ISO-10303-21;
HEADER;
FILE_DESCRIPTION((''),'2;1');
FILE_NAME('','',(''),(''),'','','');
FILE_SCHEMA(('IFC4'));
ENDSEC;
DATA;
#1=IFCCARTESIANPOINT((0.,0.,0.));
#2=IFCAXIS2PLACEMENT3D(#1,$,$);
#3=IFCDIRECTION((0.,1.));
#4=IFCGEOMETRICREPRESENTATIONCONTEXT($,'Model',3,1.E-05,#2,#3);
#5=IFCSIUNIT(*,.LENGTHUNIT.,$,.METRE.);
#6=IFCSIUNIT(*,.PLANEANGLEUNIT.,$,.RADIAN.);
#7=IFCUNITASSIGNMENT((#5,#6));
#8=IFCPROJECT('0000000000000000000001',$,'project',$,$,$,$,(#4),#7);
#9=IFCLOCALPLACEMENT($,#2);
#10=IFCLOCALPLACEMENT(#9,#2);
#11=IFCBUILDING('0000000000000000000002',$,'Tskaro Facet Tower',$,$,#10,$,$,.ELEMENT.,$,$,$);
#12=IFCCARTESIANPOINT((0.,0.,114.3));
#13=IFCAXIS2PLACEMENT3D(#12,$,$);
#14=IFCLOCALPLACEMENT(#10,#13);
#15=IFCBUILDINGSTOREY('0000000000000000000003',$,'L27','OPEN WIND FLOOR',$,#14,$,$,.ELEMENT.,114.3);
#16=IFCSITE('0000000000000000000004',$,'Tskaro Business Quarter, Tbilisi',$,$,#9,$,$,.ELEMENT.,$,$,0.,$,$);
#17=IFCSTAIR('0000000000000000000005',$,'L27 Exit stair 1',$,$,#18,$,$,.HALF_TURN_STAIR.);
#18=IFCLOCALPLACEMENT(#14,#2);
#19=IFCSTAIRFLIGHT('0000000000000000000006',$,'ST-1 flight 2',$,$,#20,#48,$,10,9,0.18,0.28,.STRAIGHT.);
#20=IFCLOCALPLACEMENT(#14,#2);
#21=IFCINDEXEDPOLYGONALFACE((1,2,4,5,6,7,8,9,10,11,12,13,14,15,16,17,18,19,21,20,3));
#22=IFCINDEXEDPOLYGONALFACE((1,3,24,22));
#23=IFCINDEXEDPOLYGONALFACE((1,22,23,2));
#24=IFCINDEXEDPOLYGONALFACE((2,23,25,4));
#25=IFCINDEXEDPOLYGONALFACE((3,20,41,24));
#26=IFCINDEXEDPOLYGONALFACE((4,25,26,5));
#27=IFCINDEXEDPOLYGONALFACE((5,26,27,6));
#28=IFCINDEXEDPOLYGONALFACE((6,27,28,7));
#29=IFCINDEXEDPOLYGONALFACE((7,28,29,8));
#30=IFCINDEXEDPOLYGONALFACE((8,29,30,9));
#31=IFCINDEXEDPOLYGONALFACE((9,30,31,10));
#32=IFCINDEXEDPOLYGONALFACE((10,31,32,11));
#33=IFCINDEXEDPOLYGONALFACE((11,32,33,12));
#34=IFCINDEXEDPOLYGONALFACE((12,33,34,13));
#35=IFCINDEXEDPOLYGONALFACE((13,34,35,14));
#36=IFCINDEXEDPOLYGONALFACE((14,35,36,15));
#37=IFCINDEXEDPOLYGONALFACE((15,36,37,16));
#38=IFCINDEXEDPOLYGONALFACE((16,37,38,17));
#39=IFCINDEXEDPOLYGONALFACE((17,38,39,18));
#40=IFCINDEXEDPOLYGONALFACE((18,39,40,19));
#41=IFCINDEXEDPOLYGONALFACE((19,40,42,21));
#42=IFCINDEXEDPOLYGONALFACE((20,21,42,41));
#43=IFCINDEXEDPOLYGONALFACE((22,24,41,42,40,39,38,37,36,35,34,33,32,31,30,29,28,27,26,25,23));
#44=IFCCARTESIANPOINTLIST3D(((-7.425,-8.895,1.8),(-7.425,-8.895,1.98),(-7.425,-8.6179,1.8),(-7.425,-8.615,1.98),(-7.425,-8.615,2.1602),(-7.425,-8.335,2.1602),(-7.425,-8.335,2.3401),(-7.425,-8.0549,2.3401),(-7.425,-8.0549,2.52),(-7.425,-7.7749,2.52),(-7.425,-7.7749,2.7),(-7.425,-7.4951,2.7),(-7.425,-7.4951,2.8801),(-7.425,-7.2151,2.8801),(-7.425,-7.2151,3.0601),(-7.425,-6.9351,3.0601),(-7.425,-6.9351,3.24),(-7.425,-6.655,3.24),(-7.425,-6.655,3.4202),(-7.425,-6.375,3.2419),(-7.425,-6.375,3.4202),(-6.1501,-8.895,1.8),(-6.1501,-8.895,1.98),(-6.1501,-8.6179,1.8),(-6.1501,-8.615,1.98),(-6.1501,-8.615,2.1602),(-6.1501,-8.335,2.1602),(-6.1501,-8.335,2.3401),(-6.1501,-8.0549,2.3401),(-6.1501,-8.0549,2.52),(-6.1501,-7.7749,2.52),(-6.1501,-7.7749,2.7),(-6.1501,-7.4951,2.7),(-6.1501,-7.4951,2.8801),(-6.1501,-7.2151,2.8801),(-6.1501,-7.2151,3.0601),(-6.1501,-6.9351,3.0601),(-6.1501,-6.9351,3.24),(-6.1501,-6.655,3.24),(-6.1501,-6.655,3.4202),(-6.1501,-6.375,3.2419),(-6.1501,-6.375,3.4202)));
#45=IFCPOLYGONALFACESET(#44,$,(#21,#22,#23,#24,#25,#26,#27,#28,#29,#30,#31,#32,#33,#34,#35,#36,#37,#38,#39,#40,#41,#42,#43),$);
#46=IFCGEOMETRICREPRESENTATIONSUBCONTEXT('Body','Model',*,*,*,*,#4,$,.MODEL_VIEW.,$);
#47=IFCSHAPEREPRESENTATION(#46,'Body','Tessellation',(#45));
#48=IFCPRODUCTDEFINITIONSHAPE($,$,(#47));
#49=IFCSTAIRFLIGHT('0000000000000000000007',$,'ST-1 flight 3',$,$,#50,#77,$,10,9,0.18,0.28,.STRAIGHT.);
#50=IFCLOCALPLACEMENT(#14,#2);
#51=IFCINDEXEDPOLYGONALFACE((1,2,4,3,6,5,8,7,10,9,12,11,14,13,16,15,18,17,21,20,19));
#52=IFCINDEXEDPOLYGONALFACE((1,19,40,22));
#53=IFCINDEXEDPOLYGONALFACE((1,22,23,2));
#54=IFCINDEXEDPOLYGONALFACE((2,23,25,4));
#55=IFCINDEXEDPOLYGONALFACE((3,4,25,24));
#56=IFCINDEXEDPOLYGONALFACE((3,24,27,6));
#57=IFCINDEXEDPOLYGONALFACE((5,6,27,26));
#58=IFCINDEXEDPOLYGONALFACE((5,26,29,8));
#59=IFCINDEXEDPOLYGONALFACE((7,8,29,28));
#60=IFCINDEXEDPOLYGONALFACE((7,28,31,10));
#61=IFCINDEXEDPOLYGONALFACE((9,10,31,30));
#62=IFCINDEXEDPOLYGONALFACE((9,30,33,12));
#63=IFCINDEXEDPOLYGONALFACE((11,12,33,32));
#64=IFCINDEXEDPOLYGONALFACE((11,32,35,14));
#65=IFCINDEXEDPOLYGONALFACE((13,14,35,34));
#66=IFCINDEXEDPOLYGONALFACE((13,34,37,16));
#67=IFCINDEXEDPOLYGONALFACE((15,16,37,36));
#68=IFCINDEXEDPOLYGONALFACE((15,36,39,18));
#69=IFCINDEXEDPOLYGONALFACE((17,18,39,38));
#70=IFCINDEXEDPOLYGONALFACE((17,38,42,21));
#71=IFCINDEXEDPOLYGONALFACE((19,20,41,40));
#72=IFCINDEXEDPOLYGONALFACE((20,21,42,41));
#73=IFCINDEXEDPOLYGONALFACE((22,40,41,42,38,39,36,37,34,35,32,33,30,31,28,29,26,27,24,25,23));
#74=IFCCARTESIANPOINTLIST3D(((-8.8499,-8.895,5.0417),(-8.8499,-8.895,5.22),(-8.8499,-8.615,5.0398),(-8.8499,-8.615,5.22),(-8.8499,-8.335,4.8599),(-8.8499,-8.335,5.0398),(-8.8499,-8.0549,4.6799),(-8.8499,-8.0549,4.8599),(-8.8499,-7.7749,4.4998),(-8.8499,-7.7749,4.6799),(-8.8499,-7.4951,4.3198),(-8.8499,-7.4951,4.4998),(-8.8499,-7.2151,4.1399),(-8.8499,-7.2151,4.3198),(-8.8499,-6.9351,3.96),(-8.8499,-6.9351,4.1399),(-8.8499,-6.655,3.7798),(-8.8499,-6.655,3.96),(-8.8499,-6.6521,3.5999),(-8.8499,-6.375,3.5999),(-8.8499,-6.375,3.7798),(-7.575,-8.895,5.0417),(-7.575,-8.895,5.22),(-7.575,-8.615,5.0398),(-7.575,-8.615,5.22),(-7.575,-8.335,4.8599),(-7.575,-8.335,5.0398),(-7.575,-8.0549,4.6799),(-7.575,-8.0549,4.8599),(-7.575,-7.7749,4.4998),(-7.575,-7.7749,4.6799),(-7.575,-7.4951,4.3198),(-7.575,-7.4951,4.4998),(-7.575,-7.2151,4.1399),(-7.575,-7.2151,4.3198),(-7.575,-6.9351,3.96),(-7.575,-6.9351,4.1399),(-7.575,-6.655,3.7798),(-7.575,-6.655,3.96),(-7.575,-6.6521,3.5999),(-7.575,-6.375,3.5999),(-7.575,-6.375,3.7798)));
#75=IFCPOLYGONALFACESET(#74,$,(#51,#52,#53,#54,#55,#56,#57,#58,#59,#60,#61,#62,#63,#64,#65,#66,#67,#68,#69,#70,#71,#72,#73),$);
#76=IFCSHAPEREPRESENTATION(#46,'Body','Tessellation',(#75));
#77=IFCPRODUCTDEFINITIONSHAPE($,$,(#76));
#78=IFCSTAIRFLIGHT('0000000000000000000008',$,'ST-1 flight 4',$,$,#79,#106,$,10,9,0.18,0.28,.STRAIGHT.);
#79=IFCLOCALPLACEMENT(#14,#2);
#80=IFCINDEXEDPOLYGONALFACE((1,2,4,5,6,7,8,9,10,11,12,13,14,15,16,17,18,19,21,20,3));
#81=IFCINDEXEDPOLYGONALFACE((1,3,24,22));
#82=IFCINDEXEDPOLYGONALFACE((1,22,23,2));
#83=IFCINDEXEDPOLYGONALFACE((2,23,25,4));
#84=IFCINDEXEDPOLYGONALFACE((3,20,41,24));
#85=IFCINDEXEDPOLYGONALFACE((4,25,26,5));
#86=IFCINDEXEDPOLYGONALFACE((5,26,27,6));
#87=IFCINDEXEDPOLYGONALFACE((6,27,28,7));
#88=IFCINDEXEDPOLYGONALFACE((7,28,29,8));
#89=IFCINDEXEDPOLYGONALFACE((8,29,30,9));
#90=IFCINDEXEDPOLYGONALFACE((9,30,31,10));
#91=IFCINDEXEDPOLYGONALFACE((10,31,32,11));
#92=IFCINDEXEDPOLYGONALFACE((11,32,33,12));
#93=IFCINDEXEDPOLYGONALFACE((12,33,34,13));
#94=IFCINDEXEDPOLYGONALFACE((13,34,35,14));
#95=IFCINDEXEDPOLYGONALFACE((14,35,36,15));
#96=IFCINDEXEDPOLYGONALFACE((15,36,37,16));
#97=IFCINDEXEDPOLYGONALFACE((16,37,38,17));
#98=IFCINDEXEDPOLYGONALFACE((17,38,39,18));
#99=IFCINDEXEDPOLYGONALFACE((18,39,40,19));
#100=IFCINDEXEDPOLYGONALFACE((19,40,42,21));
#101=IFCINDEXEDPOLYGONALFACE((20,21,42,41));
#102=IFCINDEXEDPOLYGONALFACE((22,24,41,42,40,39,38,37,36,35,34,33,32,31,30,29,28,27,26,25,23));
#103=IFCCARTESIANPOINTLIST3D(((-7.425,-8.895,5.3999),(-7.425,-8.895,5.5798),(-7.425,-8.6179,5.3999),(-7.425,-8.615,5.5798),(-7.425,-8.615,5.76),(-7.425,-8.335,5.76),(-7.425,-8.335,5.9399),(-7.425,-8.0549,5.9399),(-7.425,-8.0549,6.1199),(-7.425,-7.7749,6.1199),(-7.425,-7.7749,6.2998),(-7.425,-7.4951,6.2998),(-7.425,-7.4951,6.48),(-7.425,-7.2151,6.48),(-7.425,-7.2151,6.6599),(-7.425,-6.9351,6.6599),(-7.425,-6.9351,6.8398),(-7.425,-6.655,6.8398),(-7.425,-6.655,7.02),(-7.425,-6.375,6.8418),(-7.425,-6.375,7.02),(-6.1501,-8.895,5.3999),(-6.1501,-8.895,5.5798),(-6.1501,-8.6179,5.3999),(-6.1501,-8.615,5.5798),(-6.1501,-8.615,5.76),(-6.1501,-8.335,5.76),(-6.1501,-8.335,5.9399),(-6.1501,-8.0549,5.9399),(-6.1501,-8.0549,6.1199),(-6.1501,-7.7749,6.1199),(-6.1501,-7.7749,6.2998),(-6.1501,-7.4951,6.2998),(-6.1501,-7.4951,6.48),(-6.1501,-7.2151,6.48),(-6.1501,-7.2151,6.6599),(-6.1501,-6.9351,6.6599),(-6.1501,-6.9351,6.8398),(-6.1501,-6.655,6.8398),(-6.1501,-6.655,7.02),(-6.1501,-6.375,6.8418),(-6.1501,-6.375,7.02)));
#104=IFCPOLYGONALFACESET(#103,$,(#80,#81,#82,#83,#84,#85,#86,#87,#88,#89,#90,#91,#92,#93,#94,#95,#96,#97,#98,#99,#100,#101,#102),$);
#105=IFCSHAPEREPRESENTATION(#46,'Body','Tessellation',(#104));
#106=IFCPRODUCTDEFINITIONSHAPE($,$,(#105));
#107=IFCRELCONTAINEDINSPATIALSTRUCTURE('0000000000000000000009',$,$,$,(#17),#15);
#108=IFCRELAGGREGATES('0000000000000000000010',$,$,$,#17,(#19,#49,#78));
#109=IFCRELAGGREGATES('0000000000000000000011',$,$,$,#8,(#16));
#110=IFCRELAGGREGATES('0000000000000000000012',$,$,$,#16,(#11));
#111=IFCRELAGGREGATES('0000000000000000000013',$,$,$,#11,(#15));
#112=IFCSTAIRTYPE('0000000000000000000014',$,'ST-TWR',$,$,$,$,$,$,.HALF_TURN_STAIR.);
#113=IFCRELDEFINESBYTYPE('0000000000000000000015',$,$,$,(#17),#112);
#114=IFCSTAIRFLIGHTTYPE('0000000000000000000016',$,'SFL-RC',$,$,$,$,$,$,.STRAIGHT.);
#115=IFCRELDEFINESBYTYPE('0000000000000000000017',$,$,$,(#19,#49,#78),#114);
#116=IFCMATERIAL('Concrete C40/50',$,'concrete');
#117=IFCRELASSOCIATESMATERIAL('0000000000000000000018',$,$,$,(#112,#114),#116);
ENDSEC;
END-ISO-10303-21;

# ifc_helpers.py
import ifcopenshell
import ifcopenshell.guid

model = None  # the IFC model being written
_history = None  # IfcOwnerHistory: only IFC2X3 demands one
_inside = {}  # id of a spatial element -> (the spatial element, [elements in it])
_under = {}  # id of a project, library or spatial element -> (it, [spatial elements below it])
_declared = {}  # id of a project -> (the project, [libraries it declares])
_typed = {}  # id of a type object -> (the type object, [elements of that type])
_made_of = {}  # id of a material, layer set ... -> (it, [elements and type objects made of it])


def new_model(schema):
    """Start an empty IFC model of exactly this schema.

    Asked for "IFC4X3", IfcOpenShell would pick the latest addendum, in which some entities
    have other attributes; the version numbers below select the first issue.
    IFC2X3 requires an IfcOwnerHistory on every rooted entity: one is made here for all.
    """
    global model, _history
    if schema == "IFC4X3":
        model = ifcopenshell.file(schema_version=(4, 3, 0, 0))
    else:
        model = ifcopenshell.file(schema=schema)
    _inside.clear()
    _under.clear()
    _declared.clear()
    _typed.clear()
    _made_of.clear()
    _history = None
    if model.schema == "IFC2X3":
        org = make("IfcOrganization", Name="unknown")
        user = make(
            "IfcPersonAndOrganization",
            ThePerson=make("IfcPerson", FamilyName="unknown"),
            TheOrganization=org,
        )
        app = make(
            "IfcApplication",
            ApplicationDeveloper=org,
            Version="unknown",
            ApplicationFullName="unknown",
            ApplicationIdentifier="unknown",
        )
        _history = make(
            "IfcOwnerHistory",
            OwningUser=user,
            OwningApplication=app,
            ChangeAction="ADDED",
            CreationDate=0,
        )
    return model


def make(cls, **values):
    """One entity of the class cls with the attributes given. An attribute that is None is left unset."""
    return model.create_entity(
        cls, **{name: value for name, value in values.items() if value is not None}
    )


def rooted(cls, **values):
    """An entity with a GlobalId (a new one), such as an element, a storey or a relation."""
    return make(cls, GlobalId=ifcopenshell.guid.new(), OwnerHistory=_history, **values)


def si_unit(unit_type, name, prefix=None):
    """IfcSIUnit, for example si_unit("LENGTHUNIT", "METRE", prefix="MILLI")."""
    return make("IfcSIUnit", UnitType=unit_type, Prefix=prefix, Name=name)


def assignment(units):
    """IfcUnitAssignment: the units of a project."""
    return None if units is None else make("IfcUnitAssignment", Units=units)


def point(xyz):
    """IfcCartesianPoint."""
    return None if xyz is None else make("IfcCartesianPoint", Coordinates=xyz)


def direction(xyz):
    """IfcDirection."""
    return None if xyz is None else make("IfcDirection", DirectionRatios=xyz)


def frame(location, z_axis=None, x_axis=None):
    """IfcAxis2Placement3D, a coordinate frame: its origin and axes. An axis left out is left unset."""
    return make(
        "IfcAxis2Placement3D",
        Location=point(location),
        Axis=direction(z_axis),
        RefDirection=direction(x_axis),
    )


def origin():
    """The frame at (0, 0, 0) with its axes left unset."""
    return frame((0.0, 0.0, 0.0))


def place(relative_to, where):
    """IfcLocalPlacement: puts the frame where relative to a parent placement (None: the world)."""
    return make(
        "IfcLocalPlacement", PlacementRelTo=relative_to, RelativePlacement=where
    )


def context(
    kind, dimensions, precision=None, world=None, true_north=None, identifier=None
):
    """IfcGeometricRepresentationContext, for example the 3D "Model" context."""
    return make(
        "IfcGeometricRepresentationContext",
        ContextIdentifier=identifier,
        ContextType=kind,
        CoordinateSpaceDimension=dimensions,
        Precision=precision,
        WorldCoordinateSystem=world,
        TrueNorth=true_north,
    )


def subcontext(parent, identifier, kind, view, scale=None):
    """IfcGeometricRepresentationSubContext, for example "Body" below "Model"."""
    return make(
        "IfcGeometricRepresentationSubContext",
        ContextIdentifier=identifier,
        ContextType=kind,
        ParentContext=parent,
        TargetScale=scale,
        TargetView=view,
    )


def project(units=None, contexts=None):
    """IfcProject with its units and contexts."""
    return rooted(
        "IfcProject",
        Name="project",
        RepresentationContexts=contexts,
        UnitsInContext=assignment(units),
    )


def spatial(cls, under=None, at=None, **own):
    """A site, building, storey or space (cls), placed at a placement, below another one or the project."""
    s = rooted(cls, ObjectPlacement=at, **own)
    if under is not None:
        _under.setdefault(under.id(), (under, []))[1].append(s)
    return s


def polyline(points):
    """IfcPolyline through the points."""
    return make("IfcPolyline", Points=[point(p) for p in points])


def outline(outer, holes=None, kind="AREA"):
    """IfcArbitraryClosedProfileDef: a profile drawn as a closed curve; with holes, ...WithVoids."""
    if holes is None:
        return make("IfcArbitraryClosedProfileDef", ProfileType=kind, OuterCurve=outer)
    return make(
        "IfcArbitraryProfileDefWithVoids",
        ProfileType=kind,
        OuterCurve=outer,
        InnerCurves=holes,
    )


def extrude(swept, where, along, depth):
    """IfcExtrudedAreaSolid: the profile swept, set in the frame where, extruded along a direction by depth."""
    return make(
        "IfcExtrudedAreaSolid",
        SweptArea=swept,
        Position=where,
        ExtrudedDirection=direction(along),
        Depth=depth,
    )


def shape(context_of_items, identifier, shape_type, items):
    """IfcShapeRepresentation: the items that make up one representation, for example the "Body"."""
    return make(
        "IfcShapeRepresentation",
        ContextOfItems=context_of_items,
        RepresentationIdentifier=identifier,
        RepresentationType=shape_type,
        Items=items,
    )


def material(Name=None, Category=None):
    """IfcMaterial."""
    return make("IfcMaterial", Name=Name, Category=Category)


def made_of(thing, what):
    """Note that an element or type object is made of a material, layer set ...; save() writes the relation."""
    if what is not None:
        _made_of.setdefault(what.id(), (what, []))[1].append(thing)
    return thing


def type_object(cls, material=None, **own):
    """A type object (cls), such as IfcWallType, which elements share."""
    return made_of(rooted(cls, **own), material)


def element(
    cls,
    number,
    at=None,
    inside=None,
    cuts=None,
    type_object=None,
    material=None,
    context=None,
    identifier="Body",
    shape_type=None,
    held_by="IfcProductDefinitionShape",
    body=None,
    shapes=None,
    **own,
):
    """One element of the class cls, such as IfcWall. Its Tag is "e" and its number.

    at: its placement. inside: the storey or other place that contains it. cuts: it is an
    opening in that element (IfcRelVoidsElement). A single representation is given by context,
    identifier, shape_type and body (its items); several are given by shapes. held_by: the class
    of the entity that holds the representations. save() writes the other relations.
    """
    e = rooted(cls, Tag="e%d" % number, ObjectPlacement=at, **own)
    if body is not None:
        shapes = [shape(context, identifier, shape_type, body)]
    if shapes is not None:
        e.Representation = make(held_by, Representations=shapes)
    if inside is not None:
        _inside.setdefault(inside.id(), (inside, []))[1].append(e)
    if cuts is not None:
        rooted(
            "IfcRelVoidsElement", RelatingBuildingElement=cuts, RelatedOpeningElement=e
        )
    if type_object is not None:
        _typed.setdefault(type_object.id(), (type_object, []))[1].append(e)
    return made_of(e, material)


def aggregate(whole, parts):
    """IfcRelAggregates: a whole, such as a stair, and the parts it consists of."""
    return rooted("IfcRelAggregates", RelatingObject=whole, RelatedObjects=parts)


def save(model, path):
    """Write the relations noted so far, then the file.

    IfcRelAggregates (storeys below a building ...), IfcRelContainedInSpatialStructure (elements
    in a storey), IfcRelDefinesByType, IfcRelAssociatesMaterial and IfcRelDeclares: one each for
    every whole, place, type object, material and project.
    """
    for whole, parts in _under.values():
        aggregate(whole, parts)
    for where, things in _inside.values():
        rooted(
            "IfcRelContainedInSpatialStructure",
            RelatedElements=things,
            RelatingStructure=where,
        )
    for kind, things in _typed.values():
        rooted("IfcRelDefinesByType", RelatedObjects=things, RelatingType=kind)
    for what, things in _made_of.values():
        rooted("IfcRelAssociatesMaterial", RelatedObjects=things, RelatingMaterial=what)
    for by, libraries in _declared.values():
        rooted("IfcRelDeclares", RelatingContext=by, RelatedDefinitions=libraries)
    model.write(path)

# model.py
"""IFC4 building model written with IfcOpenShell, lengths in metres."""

from ifc_helpers import new_model, si_unit, direction, frame, origin, place, context, subcontext, project, spatial, polyline, outline, extrude, material, type_object, element, aggregate, save


model = new_model("IFC4")

# Units and contexts
model_context = context("Model", 3, precision=1e-05, world=origin(), true_north=direction((0.0, 1.0)))
body_context = subcontext(model_context, "Body", "Model", "MODEL_VIEW")
ifc_project = project(units=[si_unit("LENGTHUNIT", "METRE"), si_unit("PLANEANGLEUNIT", "RADIAN")], contexts=[model_context])

# Site, building, storey
site_placement = place(None, origin())
site = spatial("IfcSite", under=ifc_project, at=site_placement, Name="Tskaro Business Quarter, Tbilisi", CompositionType="ELEMENT", RefElevation=0.0)
building_placement = place(site_placement, origin())
building = spatial("IfcBuilding", under=site, at=building_placement, Name="Tskaro Facet Tower", CompositionType="ELEMENT")
storey_placement = place(building_placement, frame((0.0, 0.0, 114.3)))
storey = spatial("IfcBuildingStorey", under=building, at=storey_placement, Name="L27", Description="OPEN WIND FLOOR", CompositionType="ELEMENT", Elevation=114.3)

# Stair, stair flights
ifc_material_1 = material(Name="Concrete C40/50", Category="concrete")
stair_type = type_object("IfcStairType", Name="ST-TWR", PredefinedType="HALF_TURN_STAIR", material=ifc_material_1)
stair_placement = place(storey_placement, origin())
stair = element("IfcStair", 1, at=stair_placement, inside=storey, type_object=stair_type, Name="L27 Exit stair 1", PredefinedType="HALF_TURN_STAIR")
stair_flight_type = type_object("IfcStairFlightType", Name="SFL-RC", PredefinedType="STRAIGHT", material=ifc_material_1)
stair_flight_1_placement = place(storey_placement, frame((-6.7876, -8.895, 1.8), z_axis=(0.0, 0.0, 1.0), x_axis=(0.0, 1.0, 0.0)))
stair_flight_1 = element("IfcStairFlight", 2, at=stair_flight_1_placement, type_object=stair_flight_type, Name="ST-1 flight 2", NumberOfRisers=10, NumberOfTreads=9, PredefinedType="STRAIGHT", RiserHeight=0.18, TreadLength=0.28, context=body_context, shape_type="SweptSolid", body=[
    extrude(outline(polyline([(0.0, 0.0), (0.0, 0.1799), (0.28, 0.1799), (0.28, 0.3601), (0.5601, 0.3601), (0.5601, 0.54), (0.8401, 0.54), (0.8401, 0.72), (1.1201, 0.72), (1.1201, 0.8999), (1.3999, 0.8999), (1.3999, 1.0801), (1.6799, 1.0801), (1.6799, 1.26), (1.96, 1.26), (1.96, 1.4399), (2.24, 1.4399), (2.24, 1.6201), (2.52, 1.6201), (2.52, 1.8), (2.52, 1.4419), (0.2771, 0.0), (0.0, 0.0)])), frame((0.0, 0.6375, 0.0), z_axis=(0.0, -1.0, 0.0), x_axis=(1.0, 0.0, 0.0)), (0.0, 0.0, 1.0), 1.2749),
])
stair_flight_2_placement = place(storey_placement, frame((-8.2124, -6.375, 3.5999), z_axis=(0.0, 0.0, 1.0), x_axis=(0.0, -1.0, 0.0)))
stair_flight_2 = element("IfcStairFlight", 3, at=stair_flight_2_placement, type_object=stair_flight_type, Name="ST-1 flight 3", NumberOfRisers=10, NumberOfTreads=9, PredefinedType="STRAIGHT", RiserHeight=0.18, TreadLength=0.28, context=body_context, shape_type="SweptSolid", body=[
    extrude(outline(polyline([(0.0, 0.0), (0.0, 0.1799), (0.28, 0.1799), (0.28, 0.3601), (0.5601, 0.3601), (0.5601, 0.54), (0.8401, 0.54), (0.8401, 0.72), (1.1201, 0.72), (1.1201, 0.8999), (1.3999, 0.8999), (1.3999, 1.0801), (1.6799, 1.0801), (1.6799, 1.26), (1.96, 1.26), (1.96, 1.4399), (2.24, 1.4399), (2.24, 1.6201), (2.52, 1.6201), (2.52, 1.8), (2.52, 1.4419), (0.2771, 0.0), (0.0, 0.0)])), frame((0.0, 0.6375, 0.0), z_axis=(0.0, -1.0, 0.0), x_axis=(1.0, 0.0, 0.0)), (0.0, 0.0, 1.0), 1.2749),
])
stair_flight_3_placement = place(storey_placement, frame((-6.7876, -8.895, 5.3999), z_axis=(0.0, 0.0, 1.0), x_axis=(0.0, 1.0, 0.0)))
stair_flight_3 = element("IfcStairFlight", 4, at=stair_flight_3_placement, type_object=stair_flight_type, Name="ST-1 flight 4", NumberOfRisers=10, NumberOfTreads=9, PredefinedType="STRAIGHT", RiserHeight=0.18, TreadLength=0.28, context=body_context, shape_type="SweptSolid", body=[
    extrude(outline(polyline([(0.0, 0.0), (0.0, 0.1799), (0.28, 0.1799), (0.28, 0.3601), (0.5601, 0.3601), (0.5601, 0.54), (0.8401, 0.54), (0.8401, 0.72), (1.1201, 0.72), (1.1201, 0.8999), (1.3999, 0.8999), (1.3999, 1.0801), (1.6799, 1.0801), (1.6799, 1.26), (1.96, 1.26), (1.96, 1.4399), (2.24, 1.4399), (2.24, 1.6201), (2.52, 1.6201), (2.52, 1.8), (2.52, 1.4419), (0.2771, 0.0), (0.0, 0.0)])), frame((0.0, 0.6375, 0.0), z_axis=(0.0, -1.0, 0.0), x_axis=(1.0, 0.0, 0.0)), (0.0, 0.0, 1.0), 1.2749),
])
aggregate(stair, [stair_flight_1, stair_flight_2, stair_flight_3])

save(model, "model.ifc")
